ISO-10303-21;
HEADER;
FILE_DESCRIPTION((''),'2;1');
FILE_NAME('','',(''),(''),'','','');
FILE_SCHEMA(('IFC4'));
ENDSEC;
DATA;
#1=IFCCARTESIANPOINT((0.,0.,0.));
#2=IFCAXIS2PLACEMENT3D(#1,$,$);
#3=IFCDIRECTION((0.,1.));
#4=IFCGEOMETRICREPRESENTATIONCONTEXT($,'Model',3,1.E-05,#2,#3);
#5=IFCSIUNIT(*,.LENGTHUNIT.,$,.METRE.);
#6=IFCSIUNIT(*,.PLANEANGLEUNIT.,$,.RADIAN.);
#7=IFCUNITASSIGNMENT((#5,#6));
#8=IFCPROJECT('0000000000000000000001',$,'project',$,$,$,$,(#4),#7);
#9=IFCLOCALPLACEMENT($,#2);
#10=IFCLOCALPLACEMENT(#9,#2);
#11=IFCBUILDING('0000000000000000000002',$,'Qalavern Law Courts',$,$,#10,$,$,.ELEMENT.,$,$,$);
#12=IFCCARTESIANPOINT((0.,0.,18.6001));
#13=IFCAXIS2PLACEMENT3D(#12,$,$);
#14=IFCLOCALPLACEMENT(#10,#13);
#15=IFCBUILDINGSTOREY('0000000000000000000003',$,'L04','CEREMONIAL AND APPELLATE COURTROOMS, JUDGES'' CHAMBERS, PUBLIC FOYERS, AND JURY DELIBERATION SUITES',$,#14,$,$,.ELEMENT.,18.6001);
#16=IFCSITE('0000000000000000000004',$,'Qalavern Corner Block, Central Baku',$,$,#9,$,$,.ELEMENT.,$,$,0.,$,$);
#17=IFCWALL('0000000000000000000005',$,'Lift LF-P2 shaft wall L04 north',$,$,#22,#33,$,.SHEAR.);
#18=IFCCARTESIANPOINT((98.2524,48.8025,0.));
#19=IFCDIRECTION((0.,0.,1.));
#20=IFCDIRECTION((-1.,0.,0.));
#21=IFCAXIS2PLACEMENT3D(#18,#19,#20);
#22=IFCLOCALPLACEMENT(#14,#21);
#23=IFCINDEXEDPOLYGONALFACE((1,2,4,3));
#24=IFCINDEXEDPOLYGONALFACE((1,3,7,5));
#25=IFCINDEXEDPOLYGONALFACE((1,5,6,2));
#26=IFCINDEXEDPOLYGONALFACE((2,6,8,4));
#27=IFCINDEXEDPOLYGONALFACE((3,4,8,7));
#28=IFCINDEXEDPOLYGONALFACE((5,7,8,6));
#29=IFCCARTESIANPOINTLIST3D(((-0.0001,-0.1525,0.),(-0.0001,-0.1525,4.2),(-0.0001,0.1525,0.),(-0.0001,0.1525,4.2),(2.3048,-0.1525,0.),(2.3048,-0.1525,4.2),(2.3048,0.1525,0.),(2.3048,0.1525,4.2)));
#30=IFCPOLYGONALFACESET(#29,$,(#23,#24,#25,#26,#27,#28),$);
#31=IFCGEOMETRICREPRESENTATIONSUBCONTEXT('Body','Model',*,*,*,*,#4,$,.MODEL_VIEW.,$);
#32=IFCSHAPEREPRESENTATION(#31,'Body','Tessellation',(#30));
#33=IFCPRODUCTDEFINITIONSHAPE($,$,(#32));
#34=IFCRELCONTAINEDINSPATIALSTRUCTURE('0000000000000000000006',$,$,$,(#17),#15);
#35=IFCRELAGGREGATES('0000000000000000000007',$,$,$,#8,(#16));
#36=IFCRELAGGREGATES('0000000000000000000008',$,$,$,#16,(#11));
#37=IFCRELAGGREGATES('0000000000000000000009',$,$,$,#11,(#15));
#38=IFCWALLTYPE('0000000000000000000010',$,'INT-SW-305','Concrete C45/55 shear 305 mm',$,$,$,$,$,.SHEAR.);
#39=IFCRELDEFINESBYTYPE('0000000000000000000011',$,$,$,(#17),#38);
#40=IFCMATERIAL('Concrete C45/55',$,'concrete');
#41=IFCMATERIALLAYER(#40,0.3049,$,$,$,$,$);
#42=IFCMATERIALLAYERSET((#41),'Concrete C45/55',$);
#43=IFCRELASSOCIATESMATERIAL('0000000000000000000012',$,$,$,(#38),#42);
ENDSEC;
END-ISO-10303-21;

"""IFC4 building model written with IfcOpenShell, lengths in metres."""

from ifc_helpers import new_model, si_unit, direction, frame, frame_2d, origin, place, context, subcontext, project, spatial, rectangle, extrude, material, layer, layer_set, type_object, element, save


model = new_model("IFC4")

# Units and contexts
model_context = context("Model", 3, precision=1e-05, world=origin(), true_north=direction((0.0, 1.0)))
body_context = subcontext(model_context, "Body", "Model", "MODEL_VIEW")
ifc_project = project(units=[si_unit("LENGTHUNIT", "METRE"), si_unit("PLANEANGLEUNIT", "RADIAN")], contexts=[model_context])

# Site, building, storey
site_placement = place(None, origin())
site = spatial("IfcSite", under=ifc_project, at=site_placement, Name="Qalavern Corner Block, Central Baku", CompositionType="ELEMENT", RefElevation=0.0)
building_placement = place(site_placement, origin())
building = spatial("IfcBuilding", under=site, at=building_placement, Name="Qalavern Law Courts", CompositionType="ELEMENT")
storey_placement = place(building_placement, frame((0.0, 0.0, 18.6001)))
storey = spatial("IfcBuildingStorey", under=building, at=storey_placement, Name="L04", Description="CEREMONIAL AND APPELLATE COURTROOMS, JUDGES' CHAMBERS, PUBLIC FOYERS, AND JURY DELIBERATION SUITES", CompositionType="ELEMENT", Elevation=18.6001)

# Shared definitions
ifc_material_1 = material(Name="Concrete C45/55", Category="concrete")

# Shared definitions
ifc_layer_1 = layer(ifc_material_1, 0.3049)
ifc_layer_set_1 = layer_set([ifc_layer_1], Name="Concrete C45/55")
wall_type_1 = type_object("IfcWallType", Name="INT-SW-305", Description="Concrete C45/55 shear 305 mm", PredefinedType="SHEAR", material=ifc_layer_set_1)

# Wall
wall_1_placement = place(storey_placement, frame((98.2524, 48.8025, 0.0), z_axis=(0.0, 0.0, 1.0), x_axis=(-1.0, 0.0, 0.0)))
element("IfcWall", 1, at=wall_1_placement, inside=storey, type_object=wall_type_1, Name="Lift LF-P2 shaft wall L04 north", PredefinedType="SHEAR", context=body_context, shape_type="SweptSolid", body=[
    extrude(rectangle(XDim=2.3049, YDim=0.3049, at=frame_2d((1.1523, 0.0))), origin(), (0.0, 0.0, 1.0), 4.2),
])

save(model, "model.ifc")
